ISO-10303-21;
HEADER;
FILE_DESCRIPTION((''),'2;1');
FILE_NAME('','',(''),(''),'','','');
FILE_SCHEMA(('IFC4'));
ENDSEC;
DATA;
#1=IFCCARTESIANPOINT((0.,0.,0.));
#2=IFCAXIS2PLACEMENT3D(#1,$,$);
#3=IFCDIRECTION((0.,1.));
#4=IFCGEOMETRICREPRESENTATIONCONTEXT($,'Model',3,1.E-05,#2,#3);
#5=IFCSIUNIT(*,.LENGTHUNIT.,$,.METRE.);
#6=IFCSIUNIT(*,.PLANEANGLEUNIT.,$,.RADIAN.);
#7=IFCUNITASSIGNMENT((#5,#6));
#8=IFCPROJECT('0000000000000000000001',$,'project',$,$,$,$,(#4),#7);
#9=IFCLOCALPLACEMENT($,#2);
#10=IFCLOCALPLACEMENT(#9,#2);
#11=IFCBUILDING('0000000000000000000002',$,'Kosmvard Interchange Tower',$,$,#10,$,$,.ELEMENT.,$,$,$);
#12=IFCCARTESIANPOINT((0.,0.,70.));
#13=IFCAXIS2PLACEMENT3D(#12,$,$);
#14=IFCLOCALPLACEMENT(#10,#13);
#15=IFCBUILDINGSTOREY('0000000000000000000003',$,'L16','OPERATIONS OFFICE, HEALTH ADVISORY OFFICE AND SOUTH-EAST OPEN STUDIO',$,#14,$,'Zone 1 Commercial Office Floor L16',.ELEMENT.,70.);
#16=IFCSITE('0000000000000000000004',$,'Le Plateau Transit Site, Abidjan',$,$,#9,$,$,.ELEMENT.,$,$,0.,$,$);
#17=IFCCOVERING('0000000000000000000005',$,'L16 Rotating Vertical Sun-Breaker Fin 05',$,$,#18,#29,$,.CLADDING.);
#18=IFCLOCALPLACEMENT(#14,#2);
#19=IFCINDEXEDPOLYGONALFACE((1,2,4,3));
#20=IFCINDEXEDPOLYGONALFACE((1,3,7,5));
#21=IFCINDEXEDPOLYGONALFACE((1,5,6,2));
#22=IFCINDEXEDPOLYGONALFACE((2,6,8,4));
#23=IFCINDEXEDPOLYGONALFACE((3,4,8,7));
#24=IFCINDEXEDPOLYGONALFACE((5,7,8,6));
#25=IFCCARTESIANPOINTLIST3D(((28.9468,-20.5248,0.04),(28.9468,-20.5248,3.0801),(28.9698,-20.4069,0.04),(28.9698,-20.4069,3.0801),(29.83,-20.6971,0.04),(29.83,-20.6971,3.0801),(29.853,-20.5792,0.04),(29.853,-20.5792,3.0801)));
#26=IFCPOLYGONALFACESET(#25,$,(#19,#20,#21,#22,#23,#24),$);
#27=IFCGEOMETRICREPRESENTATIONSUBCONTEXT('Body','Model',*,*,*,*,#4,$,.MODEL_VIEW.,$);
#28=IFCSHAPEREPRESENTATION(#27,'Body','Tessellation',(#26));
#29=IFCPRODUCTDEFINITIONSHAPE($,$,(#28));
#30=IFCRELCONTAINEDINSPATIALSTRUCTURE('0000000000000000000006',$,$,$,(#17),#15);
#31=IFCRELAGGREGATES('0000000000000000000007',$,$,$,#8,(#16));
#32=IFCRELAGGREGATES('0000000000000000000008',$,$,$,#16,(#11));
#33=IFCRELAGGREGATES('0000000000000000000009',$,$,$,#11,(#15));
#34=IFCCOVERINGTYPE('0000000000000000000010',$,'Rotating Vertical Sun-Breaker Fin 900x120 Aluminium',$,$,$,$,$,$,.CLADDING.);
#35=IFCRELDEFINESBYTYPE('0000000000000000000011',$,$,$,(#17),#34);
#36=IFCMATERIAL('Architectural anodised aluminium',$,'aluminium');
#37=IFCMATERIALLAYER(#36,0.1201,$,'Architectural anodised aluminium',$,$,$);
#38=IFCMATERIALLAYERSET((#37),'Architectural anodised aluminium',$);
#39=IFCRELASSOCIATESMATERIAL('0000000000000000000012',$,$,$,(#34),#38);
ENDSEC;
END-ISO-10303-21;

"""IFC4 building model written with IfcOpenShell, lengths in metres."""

from ifc_helpers import new_model, si_unit, direction, frame, origin, origin_2d, place, context, subcontext, project, spatial, rectangle, extrude, source, transform, mapped, material, layer, layer_set, type_object, element, save


model = new_model("IFC4")

# Units and contexts
model_context = context("Model", 3, precision=1e-05, world=origin(), true_north=direction((0.0, 1.0)))
body_context = subcontext(model_context, "Body", "Model", "MODEL_VIEW")
ifc_project = project(units=[si_unit("LENGTHUNIT", "METRE"), si_unit("PLANEANGLEUNIT", "RADIAN")], contexts=[model_context])

# Site, building, storey
site_placement = place(None, origin())
site = spatial("IfcSite", under=ifc_project, at=site_placement, Name="Le Plateau Transit Site, Abidjan", CompositionType="ELEMENT", RefElevation=0.0)
building_placement = place(site_placement, origin())
building = spatial("IfcBuilding", under=site, at=building_placement, Name="Kosmvard Interchange Tower", CompositionType="ELEMENT")
storey_placement = place(building_placement, frame((0.0, 0.0, 70.0)))
storey = spatial("IfcBuildingStorey", under=building, at=storey_placement, Name="L16", Description="OPERATIONS OFFICE, HEALTH ADVISORY OFFICE AND SOUTH-EAST OPEN STUDIO", LongName="Zone 1 Commercial Office Floor L16", CompositionType="ELEMENT", Elevation=70.0)

# Covering
ifc_material_1 = material(Name="Architectural anodised aluminium", Category="aluminium")
ifc_layer_1 = layer(ifc_material_1, 0.1201, Name="Architectural anodised aluminium")
ifc_layer_set_1 = layer_set([ifc_layer_1], Name="Architectural anodised aluminium")
covering_type = type_object("IfcCoveringType", Name="Rotating Vertical Sun-Breaker Fin 900x120 Aluminium", PredefinedType="CLADDING", material=ifc_layer_set_1)
shared_shape_1 = source(origin(), body_context, "Body", "SweptSolid", [
    extrude(rectangle(XDim=0.8999, YDim=0.1201, at=origin_2d()), origin(), (0.0, 0.0, 1.0), 3.04),
])
for number, where, z_axis, x_axis, name in (
    (1, (29.3999, -20.552, 0.04), (0.0, 0.0, 1.0), (0.981494, -0.191494, 0.0), "L16 Rotating Vertical Sun-Breaker Fin 05"),
):
    element("IfcCovering", number, at=place(storey_placement, frame(where, z_axis=z_axis, x_axis=x_axis)), inside=storey, type_object=covering_type, Name=name, PredefinedType="CLADDING", context=body_context, shape_type="MappedRepresentation", body=[
        mapped(shared_shape_1, transform((0.0, 0.0, 0.0), scale=1.0)),
    ])

save(model, "model.ifc")
